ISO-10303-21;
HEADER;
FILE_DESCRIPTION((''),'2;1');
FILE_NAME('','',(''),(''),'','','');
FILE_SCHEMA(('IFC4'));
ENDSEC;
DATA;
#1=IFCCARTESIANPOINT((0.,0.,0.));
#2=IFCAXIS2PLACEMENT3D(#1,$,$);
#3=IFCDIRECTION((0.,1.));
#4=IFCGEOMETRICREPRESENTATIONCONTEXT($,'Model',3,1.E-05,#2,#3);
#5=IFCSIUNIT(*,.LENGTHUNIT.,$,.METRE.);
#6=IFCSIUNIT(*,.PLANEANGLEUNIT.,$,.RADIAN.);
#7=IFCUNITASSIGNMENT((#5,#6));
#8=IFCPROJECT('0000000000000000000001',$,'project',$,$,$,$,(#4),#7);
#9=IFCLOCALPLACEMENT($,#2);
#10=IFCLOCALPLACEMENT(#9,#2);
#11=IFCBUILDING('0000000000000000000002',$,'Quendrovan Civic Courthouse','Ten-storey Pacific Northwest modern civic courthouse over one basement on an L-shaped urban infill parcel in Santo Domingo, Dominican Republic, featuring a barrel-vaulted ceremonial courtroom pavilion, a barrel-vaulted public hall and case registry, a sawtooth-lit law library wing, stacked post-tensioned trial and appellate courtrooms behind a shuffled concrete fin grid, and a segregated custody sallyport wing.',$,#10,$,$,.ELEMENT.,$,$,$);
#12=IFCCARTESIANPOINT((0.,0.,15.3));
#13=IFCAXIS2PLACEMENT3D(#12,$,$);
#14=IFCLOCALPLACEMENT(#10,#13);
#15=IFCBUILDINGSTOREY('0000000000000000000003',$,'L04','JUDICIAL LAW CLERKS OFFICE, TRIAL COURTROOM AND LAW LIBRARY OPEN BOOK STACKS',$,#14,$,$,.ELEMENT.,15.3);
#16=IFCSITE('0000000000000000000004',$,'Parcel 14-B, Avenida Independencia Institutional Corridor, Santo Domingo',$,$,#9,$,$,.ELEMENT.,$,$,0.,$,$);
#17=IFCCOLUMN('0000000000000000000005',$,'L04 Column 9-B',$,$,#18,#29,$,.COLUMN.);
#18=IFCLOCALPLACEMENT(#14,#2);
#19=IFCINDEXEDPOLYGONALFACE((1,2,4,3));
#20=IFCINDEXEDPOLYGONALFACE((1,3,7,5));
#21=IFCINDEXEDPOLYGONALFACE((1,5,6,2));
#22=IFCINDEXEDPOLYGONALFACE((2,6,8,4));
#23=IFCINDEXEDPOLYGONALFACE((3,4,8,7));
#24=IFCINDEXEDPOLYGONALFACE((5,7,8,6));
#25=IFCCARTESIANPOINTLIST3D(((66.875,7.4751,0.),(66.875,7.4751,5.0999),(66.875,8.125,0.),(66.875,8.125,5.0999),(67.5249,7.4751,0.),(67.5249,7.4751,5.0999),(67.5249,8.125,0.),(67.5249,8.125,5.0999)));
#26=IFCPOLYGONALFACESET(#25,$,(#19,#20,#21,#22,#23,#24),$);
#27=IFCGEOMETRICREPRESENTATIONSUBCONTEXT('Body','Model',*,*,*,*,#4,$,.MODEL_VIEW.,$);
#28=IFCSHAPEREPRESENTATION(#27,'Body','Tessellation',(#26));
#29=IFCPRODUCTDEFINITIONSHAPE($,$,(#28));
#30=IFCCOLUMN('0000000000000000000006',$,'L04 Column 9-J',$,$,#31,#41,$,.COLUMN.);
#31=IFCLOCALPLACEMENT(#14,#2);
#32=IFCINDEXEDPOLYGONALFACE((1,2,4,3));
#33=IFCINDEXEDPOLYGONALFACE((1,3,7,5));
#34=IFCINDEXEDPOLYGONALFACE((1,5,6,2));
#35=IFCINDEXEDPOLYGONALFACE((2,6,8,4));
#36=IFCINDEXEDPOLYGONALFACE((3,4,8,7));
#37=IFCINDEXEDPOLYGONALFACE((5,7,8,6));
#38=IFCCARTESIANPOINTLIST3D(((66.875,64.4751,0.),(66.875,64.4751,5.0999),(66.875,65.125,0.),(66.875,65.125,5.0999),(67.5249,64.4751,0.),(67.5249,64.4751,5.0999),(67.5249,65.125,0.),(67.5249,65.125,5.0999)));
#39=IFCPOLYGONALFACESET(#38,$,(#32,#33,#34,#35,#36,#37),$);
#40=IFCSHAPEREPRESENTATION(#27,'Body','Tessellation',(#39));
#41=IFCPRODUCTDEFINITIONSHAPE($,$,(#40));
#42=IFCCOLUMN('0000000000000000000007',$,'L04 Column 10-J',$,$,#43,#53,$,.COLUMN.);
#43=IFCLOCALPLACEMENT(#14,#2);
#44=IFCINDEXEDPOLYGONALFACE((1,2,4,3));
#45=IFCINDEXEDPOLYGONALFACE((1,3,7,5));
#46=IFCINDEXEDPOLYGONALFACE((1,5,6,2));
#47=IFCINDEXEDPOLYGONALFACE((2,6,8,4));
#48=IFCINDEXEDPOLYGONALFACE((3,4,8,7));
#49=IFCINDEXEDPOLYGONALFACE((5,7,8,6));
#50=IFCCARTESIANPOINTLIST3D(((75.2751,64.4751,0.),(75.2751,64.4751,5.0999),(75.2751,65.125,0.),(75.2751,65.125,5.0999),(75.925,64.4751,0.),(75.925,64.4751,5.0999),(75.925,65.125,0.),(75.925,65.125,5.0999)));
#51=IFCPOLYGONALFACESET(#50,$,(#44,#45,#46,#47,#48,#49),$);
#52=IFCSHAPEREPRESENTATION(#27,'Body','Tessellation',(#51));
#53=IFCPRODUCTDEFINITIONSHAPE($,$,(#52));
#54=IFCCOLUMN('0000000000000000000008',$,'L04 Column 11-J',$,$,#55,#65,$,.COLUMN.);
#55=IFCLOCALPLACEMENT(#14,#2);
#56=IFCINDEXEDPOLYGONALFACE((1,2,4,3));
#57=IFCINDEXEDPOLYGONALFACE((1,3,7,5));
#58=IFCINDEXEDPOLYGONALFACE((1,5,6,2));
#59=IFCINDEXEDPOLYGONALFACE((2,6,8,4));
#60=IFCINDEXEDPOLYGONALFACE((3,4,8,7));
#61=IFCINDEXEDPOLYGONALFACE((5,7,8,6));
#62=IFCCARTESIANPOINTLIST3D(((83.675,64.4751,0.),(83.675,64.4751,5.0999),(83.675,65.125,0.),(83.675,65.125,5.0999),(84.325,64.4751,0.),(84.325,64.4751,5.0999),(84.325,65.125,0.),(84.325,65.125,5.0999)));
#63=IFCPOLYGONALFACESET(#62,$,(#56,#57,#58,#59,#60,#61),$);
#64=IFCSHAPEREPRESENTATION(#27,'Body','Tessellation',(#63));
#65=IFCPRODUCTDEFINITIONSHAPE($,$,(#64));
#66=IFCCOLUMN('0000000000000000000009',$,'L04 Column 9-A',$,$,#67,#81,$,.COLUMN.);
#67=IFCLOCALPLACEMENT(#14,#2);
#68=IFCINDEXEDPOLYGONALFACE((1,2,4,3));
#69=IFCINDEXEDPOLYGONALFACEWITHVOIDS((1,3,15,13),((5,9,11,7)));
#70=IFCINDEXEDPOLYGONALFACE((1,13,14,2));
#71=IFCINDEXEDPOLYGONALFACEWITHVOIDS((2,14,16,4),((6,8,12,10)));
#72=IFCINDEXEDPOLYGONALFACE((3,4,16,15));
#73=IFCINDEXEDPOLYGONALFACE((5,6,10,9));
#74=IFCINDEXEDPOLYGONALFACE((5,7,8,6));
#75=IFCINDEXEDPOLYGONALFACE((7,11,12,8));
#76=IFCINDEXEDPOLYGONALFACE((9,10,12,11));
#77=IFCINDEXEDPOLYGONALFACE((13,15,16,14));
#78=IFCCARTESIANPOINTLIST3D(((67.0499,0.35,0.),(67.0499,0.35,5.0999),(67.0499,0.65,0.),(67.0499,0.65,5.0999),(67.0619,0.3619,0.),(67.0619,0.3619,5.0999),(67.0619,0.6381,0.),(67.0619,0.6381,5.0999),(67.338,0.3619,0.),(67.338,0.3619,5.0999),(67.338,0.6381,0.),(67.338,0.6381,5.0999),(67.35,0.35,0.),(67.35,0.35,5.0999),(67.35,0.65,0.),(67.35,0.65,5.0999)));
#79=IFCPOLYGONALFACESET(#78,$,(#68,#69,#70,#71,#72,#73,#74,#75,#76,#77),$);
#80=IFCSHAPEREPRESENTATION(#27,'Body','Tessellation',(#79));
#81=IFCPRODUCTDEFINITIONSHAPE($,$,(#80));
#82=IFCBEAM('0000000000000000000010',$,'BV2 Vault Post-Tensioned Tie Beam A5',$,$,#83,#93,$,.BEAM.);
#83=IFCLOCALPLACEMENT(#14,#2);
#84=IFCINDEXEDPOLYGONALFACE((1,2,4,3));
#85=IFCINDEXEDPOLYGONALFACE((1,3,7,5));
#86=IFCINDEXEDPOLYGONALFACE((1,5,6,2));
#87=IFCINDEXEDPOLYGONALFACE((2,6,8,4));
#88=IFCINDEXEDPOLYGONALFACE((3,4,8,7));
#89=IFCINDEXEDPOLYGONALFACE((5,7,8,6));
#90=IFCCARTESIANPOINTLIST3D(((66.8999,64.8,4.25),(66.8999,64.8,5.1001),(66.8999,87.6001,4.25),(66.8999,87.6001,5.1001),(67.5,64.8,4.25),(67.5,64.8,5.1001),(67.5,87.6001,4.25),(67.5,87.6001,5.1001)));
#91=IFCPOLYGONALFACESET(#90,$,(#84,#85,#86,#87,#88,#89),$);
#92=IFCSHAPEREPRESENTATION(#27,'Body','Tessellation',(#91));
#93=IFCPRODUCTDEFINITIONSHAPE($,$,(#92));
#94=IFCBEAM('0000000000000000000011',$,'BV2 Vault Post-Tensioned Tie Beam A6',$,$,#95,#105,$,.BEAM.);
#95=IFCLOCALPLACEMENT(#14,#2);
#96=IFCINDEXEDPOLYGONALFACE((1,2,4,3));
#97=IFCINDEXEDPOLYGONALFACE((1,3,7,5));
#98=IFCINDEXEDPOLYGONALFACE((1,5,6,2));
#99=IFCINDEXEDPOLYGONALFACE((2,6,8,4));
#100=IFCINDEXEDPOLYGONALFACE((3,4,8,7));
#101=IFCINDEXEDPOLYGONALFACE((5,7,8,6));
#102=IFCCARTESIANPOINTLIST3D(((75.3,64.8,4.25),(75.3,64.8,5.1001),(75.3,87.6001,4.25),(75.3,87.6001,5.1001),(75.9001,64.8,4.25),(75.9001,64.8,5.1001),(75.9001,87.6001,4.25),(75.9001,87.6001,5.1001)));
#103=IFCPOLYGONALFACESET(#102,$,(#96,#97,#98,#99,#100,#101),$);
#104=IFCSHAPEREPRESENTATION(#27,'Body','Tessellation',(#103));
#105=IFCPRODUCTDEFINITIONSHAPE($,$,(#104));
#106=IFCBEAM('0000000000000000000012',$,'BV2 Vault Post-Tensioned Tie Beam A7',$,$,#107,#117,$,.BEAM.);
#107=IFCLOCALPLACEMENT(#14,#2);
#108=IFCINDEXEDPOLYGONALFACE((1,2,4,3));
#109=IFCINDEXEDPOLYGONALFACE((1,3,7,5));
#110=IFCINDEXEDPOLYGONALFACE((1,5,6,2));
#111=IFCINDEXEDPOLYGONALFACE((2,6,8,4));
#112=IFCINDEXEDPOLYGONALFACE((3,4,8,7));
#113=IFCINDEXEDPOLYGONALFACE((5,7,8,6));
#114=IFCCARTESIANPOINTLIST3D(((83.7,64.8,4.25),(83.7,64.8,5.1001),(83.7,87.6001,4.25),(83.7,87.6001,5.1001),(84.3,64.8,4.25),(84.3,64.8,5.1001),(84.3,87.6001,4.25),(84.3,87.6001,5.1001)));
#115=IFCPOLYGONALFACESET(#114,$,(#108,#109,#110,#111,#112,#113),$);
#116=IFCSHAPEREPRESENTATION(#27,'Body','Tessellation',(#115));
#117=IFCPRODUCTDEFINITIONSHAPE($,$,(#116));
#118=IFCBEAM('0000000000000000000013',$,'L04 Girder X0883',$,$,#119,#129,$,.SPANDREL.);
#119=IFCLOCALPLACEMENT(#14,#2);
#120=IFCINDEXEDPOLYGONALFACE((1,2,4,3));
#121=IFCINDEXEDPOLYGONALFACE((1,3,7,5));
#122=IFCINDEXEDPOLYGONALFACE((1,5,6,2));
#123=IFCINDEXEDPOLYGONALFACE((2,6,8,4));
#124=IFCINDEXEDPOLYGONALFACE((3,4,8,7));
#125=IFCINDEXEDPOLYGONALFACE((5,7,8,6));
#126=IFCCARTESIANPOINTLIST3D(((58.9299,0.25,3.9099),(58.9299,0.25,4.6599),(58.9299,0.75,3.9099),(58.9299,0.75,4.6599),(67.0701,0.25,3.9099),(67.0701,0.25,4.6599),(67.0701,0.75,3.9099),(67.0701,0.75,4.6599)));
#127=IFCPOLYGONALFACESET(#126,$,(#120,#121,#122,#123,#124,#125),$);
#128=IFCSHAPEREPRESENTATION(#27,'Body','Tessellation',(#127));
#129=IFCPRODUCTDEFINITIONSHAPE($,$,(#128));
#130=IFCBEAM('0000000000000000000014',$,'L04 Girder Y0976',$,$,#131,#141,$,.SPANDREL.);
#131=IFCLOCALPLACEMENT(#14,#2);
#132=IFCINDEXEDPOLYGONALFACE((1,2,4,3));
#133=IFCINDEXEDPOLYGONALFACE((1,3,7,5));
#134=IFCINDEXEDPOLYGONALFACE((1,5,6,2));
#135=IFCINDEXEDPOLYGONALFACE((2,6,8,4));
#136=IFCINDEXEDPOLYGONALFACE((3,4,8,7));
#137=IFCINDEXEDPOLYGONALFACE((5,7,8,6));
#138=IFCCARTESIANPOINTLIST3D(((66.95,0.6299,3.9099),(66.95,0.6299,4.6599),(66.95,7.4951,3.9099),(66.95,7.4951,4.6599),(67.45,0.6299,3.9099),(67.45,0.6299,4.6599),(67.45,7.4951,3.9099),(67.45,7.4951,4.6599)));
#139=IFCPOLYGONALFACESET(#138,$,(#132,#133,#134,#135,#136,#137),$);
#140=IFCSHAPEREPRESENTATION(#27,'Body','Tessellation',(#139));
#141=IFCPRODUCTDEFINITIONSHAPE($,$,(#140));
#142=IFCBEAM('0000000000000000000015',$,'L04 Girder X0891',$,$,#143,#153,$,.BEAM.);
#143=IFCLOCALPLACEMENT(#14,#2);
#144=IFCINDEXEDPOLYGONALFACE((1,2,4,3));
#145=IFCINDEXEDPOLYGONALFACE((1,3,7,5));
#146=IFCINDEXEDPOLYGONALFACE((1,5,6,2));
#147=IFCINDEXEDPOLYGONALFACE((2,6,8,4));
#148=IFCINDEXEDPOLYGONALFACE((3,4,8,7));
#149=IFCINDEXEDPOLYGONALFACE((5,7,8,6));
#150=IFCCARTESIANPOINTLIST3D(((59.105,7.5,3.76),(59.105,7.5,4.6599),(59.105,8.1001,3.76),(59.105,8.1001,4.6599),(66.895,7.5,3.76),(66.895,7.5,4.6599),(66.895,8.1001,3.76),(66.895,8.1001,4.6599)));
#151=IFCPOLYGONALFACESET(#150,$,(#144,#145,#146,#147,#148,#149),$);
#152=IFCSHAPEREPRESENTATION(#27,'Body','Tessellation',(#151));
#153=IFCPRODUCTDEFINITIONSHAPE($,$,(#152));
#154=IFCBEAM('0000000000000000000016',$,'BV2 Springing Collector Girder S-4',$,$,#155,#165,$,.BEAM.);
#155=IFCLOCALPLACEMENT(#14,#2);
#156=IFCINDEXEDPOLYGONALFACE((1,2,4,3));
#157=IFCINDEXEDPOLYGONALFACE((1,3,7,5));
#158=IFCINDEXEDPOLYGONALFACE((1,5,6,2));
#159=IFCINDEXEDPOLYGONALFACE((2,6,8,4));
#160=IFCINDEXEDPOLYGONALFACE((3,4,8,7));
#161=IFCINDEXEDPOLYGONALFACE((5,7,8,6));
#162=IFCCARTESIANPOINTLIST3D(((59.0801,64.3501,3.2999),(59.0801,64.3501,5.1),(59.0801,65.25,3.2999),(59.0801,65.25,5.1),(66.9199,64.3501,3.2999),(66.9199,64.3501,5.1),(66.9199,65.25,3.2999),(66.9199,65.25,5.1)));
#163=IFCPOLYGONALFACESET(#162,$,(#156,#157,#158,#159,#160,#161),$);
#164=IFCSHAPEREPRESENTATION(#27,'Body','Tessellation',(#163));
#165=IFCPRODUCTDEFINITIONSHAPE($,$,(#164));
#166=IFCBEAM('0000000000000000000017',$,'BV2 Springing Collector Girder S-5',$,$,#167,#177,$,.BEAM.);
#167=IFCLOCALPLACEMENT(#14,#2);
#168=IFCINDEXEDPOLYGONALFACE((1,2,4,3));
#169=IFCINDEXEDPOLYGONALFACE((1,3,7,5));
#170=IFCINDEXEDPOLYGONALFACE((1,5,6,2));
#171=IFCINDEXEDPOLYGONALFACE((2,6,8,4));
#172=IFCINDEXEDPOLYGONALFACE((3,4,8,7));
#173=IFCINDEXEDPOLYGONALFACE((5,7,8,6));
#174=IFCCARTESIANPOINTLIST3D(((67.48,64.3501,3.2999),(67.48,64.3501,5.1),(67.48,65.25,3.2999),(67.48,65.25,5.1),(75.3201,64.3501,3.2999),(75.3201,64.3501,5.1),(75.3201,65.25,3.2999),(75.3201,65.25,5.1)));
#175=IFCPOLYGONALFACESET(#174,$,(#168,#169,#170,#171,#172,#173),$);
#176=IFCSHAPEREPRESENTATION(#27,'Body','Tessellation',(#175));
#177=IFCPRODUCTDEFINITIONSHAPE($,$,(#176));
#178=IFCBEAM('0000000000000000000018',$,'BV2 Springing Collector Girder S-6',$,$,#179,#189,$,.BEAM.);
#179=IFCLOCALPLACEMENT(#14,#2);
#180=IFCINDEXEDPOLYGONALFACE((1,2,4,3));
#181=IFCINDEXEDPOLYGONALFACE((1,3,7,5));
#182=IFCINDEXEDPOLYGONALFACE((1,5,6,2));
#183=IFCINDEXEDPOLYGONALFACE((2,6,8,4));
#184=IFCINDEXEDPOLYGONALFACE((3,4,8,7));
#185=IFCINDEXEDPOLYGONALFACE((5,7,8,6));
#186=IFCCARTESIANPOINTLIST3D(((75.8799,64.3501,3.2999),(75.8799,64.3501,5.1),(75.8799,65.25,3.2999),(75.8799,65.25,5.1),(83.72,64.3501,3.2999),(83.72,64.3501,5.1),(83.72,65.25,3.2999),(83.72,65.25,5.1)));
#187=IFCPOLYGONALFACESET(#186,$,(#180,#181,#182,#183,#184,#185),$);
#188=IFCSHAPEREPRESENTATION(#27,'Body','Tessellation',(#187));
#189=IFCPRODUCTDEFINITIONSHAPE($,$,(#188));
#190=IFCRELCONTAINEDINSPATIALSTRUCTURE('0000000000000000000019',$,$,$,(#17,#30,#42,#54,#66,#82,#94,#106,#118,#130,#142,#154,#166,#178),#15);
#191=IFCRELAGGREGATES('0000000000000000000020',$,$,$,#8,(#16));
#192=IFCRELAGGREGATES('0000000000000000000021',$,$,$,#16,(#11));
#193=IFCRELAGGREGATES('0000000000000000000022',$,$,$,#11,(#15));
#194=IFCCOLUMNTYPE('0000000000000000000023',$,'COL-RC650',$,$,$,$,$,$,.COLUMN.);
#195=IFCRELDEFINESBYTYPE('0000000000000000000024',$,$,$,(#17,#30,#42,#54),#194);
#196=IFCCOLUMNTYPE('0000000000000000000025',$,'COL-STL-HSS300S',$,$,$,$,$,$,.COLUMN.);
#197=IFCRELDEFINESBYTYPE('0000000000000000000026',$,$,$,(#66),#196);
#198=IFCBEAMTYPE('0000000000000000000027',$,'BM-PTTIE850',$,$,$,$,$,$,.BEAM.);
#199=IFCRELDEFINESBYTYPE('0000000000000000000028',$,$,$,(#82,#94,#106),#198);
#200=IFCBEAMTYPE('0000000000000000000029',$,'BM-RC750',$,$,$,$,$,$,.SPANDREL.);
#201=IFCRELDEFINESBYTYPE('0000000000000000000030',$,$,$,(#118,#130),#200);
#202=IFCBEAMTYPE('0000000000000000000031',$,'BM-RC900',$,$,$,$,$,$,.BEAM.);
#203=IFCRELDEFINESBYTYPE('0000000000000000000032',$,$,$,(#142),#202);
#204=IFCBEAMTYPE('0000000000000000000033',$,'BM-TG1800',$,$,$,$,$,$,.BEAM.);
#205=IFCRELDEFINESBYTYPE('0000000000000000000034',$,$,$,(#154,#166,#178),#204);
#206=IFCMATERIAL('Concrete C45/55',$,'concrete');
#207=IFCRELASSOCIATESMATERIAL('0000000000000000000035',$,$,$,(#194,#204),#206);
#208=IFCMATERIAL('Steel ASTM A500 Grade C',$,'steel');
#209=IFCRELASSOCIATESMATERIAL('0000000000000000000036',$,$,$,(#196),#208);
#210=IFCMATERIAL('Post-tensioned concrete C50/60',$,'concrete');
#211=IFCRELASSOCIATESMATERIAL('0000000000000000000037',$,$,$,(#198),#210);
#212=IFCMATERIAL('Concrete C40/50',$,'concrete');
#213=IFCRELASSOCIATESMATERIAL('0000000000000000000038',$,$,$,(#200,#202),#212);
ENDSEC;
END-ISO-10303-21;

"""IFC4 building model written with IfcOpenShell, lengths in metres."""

from ifc_helpers import new_model, si_unit, direction, frame, origin, origin_2d, place, context, subcontext, project, spatial, rectangle, hollow_rectangle, extrude, material, material_profile, profile_set, type_object, element, save


model = new_model("IFC4")

# Units and contexts
model_context = context("Model", 3, precision=1e-05, world=origin(), true_north=direction((0.0, 1.0)))
body_context = subcontext(model_context, "Body", "Model", "MODEL_VIEW")
ifc_project = project(units=[si_unit("LENGTHUNIT", "METRE"), si_unit("PLANEANGLEUNIT", "RADIAN")], contexts=[model_context])

# Site, building, storey
site_placement = place(None, origin())
site = spatial("IfcSite", under=ifc_project, at=site_placement, Name="Parcel 14-B, Avenida Independencia Institutional Corridor, Santo Domingo", CompositionType="ELEMENT", RefElevation=0.0)
building_placement = place(site_placement, origin())
building = spatial("IfcBuilding", under=site, at=building_placement, Name="Quendrovan Civic Courthouse", Description="Ten-storey Pacific Northwest modern civic courthouse over one basement on an L-shaped urban infill parcel in Santo Domingo, Dominican Republic, featuring a barrel-vaulted ceremonial courtroom pavilion, a barrel-vaulted public hall and case registry, a sawtooth-lit law library wing, stacked post-tensioned trial and appellate courtrooms behind a shuffled concrete fin grid, and a segregated custody sallyport wing.", CompositionType="ELEMENT")
storey_placement = place(building_placement, frame((0.0, 0.0, 15.3)))
storey = spatial("IfcBuildingStorey", under=building, at=storey_placement, Name="L04", Description="JUDICIAL LAW CLERKS OFFICE, TRIAL COURTROOM AND LAW LIBRARY OPEN BOOK STACKS", CompositionType="ELEMENT", Elevation=15.3)

# Columns
ifc_material_1 = material(Name="Concrete C45/55", Category="concrete")
ifc_material_profile_1 = material_profile(ifc_material_1, rectangle(XDim=0.6499, YDim=0.6499, at=origin_2d()), Name="RC-COL-650x650")
ifc_profile_set_1 = profile_set([ifc_material_profile_1], Name="Concrete C45/55")
column_type_1 = type_object("IfcColumnType", Name="COL-RC650", PredefinedType="COLUMN", material=ifc_profile_set_1)
for number, where, z_axis, x_axis, name in (
    (1, (67.2, 7.8, 0.0), (0.0, 0.0, 1.0), (1.0, 0.0, 0.0), "L04 Column 9-B"),
    (2, (67.2, 64.8, 0.0), (0.0, 0.0, 1.0), (1.0, 0.0, 0.0), "L04 Column 9-J"),
    (3, (75.6001, 64.8, 0.0), (0.0, 0.0, 1.0), (1.0, 0.0, 0.0), "L04 Column 10-J"),
    (4, (84.0, 64.8, 0.0), (0.0, 0.0, 1.0), (1.0, 0.0, 0.0), "L04 Column 11-J"),
):
    element("IfcColumn", number, at=place(storey_placement, frame(where, z_axis=z_axis, x_axis=x_axis)), inside=storey, type_object=column_type_1, Name=name, PredefinedType="COLUMN", context=body_context, shape_type="SweptSolid", body=[
        extrude(rectangle(XDim=0.6499, YDim=0.6499, at=origin_2d()), origin(), (0.0, 0.0, 1.0), 5.0999),
    ])
ifc_material_2 = material(Name="Steel ASTM A500 Grade C", Category="steel")
ifc_material_profile_2 = material_profile(ifc_material_2, hollow_rectangle(XDim=0.3, YDim=0.3, WallThickness=0.012, at=origin_2d()), Name="HSS300x300x12")
ifc_profile_set_2 = profile_set([ifc_material_profile_2], Name="Steel ASTM A500 Grade C")
column_type_2 = type_object("IfcColumnType", Name="COL-STL-HSS300S", PredefinedType="COLUMN", material=ifc_profile_set_2)
column_placement = place(storey_placement, frame((67.2, 0.5, 0.0), z_axis=(0.0, 0.0, 1.0), x_axis=(1.0, 0.0, 0.0)))
element("IfcColumn", 5, at=column_placement, inside=storey, type_object=column_type_2, Name="L04 Column 9-A", PredefinedType="COLUMN", context=body_context, shape_type="SweptSolid", body=[
    extrude(hollow_rectangle(XDim=0.3, YDim=0.3, WallThickness=0.012, at=origin_2d()), origin(), (0.0, 0.0, 1.0), 5.0999),
])

# Beams
ifc_material_3 = material(Name="Post-tensioned concrete C50/60", Category="concrete")
ifc_material_profile_3 = material_profile(ifc_material_3, rectangle(XDim=0.6001, YDim=0.8501, at=origin_2d()), Name="PT-TIE-600x850")
ifc_profile_set_3 = profile_set([ifc_material_profile_3], Name="Post-tensioned concrete C50/60")
beam_type_1 = type_object("IfcBeamType", Name="BM-PTTIE850", PredefinedType="BEAM", material=ifc_profile_set_3)
for number, where, z_axis, x_axis, name in (
    (6, (67.2, 64.8, 4.675), (0.0, 1.0, 0.0), (-1.0, 0.0, 0.0), "BV2 Vault Post-Tensioned Tie Beam A5"),
    (7, (75.6001, 64.8, 4.675), (0.0, 1.0, 0.0), (-1.0, 0.0, 0.0), "BV2 Vault Post-Tensioned Tie Beam A6"),
    (8, (84.0, 64.8, 4.675), (0.0, 1.0, 0.0), (-1.0, 0.0, 0.0), "BV2 Vault Post-Tensioned Tie Beam A7"),
):
    element("IfcBeam", number, at=place(storey_placement, frame(where, z_axis=z_axis, x_axis=x_axis)), inside=storey, type_object=beam_type_1, Name=name, PredefinedType="BEAM", context=body_context, shape_type="SweptSolid", body=[
        extrude(rectangle(XDim=0.6001, YDim=0.8501, at=origin_2d()), origin(), (0.0, 0.0, 1.0), 22.8),
    ])
ifc_material_4 = material(Name="Concrete C40/50", Category="concrete")
ifc_material_profile_4 = material_profile(ifc_material_4, rectangle(XDim=0.5, YDim=0.75, at=origin_2d()), Name="RC-BM-500x750")
ifc_profile_set_4 = profile_set([ifc_material_profile_4], Name="Concrete C40/50")
beam_type_2 = type_object("IfcBeamType", Name="BM-RC750", PredefinedType="SPANDREL", material=ifc_profile_set_4)
beam_1_placement = place(storey_placement, frame((58.9299, 0.5, 4.2849), z_axis=(1.0, 0.0, 0.0), x_axis=(0.0, 1.0, 0.0)))
element("IfcBeam", 9, at=beam_1_placement, inside=storey, type_object=beam_type_2, Name="L04 Girder X0883", PredefinedType="SPANDREL", context=body_context, shape_type="SweptSolid", body=[
    extrude(rectangle(XDim=0.5, YDim=0.75, at=origin_2d()), origin(), (0.0, 0.0, 1.0), 8.1401),
])
beam_2_placement = place(storey_placement, frame((67.2, 0.6299, 4.2849), z_axis=(0.0, 1.0, 0.0), x_axis=(-1.0, 0.0, 0.0)))
element("IfcBeam", 10, at=beam_2_placement, inside=storey, type_object=beam_type_2, Name="L04 Girder Y0976", PredefinedType="SPANDREL", context=body_context, shape_type="SweptSolid", body=[
    extrude(rectangle(XDim=0.5, YDim=0.75, at=origin_2d()), origin(), (0.0, 0.0, 1.0), 6.8652),
])
ifc_material_profile_5 = material_profile(ifc_material_4, rectangle(XDim=0.6001, YDim=0.8999, at=origin_2d()), Name="RC-BM-600x900")
ifc_profile_set_5 = profile_set([ifc_material_profile_5], Name="Concrete C40/50")
beam_type_3 = type_object("IfcBeamType", Name="BM-RC900", PredefinedType="BEAM", material=ifc_profile_set_5)
beam_3_placement = place(storey_placement, frame((59.105, 7.8, 4.21), z_axis=(1.0, 0.0, 0.0), x_axis=(0.0, 1.0, 0.0)))
element("IfcBeam", 11, at=beam_3_placement, inside=storey, type_object=beam_type_3, Name="L04 Girder X0891", PredefinedType="BEAM", context=body_context, shape_type="SweptSolid", body=[
    extrude(rectangle(XDim=0.6001, YDim=0.8999, at=origin_2d()), origin(), (0.0, 0.0, 1.0), 7.79),
])
ifc_material_profile_6 = material_profile(ifc_material_1, rectangle(XDim=0.8999, YDim=1.8, at=origin_2d()), Name="RC-TG-900x1800")
ifc_profile_set_6 = profile_set([ifc_material_profile_6], Name="Concrete C45/55")
beam_type_4 = type_object("IfcBeamType", Name="BM-TG1800", PredefinedType="BEAM", material=ifc_profile_set_6)
beam_4_placement = place(storey_placement, frame((59.0801, 64.8, 4.2), z_axis=(1.0, 0.0, 0.0), x_axis=(0.0, 1.0, 0.0)))
element("IfcBeam", 12, at=beam_4_placement, inside=storey, type_object=beam_type_4, Name="BV2 Springing Collector Girder S-4", PredefinedType="BEAM", context=body_context, shape_type="SweptSolid", body=[
    extrude(rectangle(XDim=0.8999, YDim=1.8, at=origin_2d()), origin(), (0.0, 0.0, 1.0), 7.8398),
])
for number, where, z_axis, x_axis, name in (
    (13, (67.48, 64.8, 4.2), (1.0, 0.0, 0.0), (0.0, 1.0, 0.0), "BV2 Springing Collector Girder S-5"),
    (14, (75.8799, 64.8, 4.2), (1.0, 0.0, 0.0), (0.0, 1.0, 0.0), "BV2 Springing Collector Girder S-6"),
):
    element("IfcBeam", number, at=place(storey_placement, frame(where, z_axis=z_axis, x_axis=x_axis)), inside=storey, type_object=beam_type_4, Name=name, PredefinedType="BEAM", context=body_context, shape_type="SweptSolid", body=[
        extrude(rectangle(XDim=0.8999, YDim=1.8, at=origin_2d()), origin(), (0.0, 0.0, 1.0), 7.8401),
    ])

save(model, "model.ifc")
